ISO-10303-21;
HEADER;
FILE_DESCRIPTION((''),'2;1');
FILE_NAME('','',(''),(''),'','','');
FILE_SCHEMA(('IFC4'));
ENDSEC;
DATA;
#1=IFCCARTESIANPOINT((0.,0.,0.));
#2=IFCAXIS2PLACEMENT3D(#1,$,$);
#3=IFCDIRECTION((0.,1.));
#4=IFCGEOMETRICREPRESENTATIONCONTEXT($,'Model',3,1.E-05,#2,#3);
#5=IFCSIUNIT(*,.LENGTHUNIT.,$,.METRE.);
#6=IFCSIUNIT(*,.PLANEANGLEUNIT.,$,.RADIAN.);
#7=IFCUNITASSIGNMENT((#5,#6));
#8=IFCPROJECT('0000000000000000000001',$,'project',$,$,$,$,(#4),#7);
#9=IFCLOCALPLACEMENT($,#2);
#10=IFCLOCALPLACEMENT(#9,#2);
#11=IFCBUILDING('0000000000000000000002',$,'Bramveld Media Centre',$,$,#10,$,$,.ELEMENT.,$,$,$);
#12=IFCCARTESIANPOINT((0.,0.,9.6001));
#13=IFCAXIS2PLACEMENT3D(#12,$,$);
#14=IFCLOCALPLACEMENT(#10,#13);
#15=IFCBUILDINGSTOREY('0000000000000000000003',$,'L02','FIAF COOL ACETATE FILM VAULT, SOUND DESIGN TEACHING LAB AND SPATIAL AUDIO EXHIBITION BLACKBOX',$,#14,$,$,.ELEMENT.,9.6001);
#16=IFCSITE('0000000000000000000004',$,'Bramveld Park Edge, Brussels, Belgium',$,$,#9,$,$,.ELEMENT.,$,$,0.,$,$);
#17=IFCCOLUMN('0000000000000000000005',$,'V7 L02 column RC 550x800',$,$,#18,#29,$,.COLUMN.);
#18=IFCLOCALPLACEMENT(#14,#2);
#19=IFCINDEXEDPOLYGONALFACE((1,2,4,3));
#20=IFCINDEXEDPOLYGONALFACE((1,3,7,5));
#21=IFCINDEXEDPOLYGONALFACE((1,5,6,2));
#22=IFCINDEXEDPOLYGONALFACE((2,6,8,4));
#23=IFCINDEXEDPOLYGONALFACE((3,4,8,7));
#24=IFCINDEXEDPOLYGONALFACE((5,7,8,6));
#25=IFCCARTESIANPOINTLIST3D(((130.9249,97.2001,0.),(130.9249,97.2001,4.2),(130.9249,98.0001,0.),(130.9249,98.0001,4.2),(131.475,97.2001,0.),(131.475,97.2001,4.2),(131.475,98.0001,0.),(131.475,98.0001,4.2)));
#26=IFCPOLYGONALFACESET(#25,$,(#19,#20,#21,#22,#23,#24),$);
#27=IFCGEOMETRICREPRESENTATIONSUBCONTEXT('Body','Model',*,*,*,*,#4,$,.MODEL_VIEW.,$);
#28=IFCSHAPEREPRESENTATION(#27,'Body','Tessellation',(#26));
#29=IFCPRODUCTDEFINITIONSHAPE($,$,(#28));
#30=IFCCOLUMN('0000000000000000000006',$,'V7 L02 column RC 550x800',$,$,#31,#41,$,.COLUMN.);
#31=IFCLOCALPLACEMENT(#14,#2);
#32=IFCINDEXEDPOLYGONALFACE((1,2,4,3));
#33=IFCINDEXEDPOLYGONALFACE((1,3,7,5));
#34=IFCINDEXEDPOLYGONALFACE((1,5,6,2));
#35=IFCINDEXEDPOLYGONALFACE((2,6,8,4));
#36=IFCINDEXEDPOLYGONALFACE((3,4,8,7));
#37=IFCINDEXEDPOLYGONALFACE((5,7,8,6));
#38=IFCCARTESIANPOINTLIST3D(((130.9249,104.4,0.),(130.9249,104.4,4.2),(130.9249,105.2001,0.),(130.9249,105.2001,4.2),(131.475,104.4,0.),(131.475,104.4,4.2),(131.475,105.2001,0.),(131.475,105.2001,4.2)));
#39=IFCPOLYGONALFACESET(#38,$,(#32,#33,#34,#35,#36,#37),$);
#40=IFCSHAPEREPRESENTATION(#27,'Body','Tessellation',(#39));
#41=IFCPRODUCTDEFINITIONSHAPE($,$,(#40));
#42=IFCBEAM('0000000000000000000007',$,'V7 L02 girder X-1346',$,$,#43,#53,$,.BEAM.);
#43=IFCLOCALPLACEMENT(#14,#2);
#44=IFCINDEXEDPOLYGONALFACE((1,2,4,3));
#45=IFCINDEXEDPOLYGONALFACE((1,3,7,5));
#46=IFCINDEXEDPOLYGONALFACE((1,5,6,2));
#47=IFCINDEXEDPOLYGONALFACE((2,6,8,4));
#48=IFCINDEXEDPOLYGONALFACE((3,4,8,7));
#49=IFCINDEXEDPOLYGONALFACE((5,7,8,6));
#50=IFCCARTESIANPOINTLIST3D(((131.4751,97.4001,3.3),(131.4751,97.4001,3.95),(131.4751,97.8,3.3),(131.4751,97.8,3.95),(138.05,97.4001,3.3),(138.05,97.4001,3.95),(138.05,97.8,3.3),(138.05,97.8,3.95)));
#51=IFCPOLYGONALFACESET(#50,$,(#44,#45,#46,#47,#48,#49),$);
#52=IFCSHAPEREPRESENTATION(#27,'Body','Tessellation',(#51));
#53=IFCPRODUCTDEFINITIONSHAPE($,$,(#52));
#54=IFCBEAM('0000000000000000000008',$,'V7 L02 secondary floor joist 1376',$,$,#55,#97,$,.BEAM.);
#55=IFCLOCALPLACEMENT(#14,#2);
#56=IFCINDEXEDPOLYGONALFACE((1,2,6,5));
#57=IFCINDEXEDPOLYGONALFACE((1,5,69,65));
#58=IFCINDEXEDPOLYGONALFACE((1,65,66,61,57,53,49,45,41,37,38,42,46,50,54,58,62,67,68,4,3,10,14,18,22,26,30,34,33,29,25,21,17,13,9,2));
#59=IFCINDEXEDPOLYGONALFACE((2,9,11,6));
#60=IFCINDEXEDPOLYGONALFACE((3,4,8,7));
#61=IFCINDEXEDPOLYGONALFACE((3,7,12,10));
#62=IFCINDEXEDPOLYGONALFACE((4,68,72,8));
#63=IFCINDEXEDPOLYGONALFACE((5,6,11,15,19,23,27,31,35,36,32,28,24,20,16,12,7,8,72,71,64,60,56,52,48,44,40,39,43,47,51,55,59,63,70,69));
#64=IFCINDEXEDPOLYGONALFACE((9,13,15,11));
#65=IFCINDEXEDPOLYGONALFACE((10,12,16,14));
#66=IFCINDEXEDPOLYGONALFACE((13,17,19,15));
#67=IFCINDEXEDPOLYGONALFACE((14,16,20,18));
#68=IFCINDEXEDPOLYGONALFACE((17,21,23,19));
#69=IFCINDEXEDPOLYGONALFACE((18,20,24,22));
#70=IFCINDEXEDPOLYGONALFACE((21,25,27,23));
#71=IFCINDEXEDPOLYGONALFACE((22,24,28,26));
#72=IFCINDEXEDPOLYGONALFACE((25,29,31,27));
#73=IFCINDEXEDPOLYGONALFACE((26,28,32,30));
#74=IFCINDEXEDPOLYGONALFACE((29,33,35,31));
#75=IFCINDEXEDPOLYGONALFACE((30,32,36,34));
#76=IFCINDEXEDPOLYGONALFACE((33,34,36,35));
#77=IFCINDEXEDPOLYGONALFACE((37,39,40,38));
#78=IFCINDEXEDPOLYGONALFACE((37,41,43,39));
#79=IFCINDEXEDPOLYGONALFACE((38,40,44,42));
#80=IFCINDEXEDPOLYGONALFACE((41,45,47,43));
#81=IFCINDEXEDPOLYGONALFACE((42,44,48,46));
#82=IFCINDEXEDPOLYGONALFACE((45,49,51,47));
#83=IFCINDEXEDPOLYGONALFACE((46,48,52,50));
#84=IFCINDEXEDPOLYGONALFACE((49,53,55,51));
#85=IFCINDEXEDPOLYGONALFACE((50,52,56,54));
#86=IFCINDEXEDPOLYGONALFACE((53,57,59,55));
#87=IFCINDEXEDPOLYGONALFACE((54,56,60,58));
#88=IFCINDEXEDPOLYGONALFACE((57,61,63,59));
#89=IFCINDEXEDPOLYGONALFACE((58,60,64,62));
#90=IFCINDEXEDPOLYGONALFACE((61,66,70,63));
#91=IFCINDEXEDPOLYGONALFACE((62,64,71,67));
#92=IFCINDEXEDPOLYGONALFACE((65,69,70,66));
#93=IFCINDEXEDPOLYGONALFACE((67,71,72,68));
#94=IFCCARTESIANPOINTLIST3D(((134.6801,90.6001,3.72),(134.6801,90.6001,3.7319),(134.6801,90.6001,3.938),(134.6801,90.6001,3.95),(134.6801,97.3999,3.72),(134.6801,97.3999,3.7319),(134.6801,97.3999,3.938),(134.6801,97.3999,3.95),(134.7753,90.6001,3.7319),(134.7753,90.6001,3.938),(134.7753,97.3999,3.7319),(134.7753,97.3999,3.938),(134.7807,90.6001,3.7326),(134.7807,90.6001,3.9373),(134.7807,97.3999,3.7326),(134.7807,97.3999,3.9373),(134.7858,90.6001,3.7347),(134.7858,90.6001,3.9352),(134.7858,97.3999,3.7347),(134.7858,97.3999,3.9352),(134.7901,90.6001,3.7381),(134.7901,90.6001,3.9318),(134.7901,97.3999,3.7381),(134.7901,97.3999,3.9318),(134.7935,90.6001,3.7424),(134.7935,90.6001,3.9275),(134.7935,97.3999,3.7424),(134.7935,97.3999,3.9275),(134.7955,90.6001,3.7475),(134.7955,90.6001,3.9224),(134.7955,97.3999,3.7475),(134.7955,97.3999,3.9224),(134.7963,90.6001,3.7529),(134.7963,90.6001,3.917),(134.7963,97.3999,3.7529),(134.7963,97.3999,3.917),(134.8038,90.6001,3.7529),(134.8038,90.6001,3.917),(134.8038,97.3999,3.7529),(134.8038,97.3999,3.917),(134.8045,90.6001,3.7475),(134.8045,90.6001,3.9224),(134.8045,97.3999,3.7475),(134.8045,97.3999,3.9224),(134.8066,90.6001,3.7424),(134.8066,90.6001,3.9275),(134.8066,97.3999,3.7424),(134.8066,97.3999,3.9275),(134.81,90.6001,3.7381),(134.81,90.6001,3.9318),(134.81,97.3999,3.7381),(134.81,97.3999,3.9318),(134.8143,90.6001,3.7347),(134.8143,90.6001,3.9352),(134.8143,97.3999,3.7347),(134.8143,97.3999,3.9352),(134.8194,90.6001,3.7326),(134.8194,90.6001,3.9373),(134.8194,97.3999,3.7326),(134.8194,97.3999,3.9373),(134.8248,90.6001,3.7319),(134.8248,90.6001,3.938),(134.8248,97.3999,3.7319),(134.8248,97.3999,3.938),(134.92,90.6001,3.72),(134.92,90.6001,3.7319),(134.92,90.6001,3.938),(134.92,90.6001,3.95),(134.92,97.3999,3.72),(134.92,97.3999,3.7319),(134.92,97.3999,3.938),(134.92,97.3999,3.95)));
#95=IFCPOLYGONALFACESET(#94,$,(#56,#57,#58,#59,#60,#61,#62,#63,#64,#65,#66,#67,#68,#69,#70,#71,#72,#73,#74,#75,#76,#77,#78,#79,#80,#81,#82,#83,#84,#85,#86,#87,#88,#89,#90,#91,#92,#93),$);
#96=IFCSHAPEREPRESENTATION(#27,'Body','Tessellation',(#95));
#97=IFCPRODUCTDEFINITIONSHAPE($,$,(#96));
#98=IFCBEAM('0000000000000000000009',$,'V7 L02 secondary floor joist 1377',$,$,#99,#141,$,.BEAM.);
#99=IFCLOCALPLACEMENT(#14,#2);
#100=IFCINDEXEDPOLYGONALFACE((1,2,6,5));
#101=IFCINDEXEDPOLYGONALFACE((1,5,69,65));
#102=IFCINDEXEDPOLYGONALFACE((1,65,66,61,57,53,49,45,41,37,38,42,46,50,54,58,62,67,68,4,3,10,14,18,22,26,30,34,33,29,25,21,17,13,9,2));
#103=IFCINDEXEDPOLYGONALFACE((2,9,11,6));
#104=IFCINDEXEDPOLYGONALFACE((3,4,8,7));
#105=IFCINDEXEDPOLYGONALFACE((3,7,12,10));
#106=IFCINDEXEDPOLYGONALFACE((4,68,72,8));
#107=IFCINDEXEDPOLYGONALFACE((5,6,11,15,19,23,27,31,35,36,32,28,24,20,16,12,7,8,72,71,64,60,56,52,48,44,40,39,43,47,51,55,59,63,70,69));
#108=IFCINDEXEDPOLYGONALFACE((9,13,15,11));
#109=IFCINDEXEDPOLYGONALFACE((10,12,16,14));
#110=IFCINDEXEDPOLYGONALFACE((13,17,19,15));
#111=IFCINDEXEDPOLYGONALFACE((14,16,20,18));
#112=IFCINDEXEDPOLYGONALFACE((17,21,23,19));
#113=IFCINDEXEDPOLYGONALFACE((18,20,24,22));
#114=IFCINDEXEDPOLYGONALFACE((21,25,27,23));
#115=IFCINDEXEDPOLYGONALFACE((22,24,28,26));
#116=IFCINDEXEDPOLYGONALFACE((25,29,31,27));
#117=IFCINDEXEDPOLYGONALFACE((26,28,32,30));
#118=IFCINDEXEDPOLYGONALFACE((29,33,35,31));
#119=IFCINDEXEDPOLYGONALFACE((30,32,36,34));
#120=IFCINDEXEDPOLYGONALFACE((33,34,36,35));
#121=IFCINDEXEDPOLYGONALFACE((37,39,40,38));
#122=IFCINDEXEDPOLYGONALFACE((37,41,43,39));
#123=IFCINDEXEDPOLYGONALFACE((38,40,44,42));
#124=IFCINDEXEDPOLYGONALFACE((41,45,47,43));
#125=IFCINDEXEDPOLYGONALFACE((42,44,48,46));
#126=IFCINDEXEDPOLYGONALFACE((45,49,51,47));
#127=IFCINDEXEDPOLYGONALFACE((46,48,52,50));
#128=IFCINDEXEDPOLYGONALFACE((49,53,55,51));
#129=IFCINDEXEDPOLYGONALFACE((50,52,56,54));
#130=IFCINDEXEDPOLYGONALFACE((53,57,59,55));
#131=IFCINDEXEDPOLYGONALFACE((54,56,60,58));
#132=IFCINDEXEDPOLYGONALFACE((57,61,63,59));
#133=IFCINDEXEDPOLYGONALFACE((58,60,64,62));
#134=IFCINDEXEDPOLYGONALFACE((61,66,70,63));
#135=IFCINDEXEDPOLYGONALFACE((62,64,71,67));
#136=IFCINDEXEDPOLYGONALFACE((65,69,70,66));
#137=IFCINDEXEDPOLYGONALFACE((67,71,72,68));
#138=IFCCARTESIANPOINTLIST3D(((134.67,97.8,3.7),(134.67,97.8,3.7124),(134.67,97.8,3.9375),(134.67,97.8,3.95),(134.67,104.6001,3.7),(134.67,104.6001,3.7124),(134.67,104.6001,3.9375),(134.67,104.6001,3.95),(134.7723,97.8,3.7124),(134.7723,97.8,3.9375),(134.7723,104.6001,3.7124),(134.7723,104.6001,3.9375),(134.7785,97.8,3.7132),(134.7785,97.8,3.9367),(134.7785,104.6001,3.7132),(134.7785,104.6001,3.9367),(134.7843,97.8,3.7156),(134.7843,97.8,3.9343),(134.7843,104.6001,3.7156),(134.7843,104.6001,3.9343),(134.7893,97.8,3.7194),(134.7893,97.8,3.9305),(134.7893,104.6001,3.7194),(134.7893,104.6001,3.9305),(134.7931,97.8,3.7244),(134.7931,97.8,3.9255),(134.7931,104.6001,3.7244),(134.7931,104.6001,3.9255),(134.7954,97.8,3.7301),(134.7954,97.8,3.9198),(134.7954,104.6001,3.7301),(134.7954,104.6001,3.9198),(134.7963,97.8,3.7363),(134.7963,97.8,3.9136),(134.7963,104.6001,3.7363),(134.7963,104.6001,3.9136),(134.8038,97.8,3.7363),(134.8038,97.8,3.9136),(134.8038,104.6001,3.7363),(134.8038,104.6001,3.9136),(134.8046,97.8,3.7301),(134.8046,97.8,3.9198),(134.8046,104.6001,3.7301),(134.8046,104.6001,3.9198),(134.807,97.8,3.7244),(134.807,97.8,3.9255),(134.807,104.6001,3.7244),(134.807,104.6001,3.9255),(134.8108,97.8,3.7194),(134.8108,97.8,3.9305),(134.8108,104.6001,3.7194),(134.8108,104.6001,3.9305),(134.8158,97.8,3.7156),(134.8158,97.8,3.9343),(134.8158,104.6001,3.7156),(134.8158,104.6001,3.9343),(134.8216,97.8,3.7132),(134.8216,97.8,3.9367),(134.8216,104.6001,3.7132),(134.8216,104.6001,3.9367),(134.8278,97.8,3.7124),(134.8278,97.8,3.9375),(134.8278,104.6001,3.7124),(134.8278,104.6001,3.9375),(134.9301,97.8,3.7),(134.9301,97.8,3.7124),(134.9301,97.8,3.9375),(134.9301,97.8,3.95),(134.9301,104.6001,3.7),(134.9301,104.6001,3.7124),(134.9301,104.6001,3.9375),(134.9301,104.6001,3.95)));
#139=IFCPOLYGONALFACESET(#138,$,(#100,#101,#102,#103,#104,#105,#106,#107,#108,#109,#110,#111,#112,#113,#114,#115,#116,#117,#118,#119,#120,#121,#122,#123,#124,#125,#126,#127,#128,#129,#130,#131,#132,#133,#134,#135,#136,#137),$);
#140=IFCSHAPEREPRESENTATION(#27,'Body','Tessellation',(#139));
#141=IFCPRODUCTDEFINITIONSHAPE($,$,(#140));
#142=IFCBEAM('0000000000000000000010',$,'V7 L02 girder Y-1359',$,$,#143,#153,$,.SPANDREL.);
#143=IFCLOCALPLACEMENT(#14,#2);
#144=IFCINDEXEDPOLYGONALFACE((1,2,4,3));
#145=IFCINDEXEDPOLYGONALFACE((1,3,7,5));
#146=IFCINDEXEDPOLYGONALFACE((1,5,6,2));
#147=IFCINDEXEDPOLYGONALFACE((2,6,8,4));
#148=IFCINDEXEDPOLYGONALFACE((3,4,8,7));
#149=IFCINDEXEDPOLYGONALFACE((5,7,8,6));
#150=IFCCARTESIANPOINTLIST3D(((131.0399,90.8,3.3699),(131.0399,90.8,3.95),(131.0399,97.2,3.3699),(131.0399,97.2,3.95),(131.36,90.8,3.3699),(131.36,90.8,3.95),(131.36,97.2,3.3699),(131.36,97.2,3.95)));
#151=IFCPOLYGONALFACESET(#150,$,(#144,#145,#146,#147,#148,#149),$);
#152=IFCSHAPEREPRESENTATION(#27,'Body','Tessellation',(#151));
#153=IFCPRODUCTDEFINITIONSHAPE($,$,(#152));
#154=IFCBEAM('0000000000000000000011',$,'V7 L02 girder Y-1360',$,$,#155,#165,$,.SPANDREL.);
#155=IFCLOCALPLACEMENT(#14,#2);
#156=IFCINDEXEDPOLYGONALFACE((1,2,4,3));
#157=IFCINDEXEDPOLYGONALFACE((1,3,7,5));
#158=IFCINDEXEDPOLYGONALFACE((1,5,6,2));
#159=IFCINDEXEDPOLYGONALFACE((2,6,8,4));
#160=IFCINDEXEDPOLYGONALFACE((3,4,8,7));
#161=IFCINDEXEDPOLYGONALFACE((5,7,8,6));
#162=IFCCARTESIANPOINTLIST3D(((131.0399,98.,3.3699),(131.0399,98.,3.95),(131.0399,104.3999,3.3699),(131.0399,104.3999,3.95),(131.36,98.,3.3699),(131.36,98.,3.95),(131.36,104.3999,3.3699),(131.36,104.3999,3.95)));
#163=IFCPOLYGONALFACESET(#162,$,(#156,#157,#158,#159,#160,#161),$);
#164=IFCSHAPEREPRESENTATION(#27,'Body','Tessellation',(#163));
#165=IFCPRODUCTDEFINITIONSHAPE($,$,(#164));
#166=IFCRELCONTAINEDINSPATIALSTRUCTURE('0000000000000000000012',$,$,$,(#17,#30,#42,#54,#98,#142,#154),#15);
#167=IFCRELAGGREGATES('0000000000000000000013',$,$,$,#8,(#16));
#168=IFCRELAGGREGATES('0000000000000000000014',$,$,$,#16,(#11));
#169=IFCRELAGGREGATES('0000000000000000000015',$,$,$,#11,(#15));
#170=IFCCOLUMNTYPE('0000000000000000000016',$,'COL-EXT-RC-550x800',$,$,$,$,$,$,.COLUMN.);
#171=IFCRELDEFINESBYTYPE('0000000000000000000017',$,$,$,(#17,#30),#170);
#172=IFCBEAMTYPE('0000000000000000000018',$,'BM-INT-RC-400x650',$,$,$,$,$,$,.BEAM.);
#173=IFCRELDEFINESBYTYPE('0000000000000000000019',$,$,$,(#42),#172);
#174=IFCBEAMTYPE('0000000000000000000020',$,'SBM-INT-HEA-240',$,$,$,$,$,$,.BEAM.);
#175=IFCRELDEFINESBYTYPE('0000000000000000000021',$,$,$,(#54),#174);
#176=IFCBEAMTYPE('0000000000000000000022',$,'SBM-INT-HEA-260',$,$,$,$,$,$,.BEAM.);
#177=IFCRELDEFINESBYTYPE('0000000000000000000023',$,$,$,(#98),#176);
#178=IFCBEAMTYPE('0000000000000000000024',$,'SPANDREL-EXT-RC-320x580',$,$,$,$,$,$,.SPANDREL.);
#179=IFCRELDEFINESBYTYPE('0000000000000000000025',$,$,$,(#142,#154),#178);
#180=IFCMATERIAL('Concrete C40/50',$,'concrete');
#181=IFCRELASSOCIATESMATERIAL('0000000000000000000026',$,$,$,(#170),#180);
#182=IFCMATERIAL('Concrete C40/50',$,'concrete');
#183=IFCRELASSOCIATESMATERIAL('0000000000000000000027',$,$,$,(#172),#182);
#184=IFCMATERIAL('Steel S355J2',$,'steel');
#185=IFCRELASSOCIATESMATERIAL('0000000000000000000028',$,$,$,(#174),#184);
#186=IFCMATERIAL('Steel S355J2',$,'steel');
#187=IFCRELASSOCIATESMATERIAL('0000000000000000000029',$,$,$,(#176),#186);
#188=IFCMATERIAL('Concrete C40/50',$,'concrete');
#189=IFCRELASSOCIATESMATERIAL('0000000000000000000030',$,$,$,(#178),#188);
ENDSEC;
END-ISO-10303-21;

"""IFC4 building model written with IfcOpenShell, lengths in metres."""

from ifc_helpers import new_model, si_unit, direction, frame, origin, origin_2d, place, context, subcontext, project, spatial, rectangle, i_section, extrude, material, material_profile, profile_set, type_object, element, save


model = new_model("IFC4")

# Units and contexts
model_context = context("Model", 3, precision=1e-05, world=origin(), true_north=direction((0.0, 1.0)))
body_context = subcontext(model_context, "Body", "Model", "MODEL_VIEW")
ifc_project = project(units=[si_unit("LENGTHUNIT", "METRE"), si_unit("PLANEANGLEUNIT", "RADIAN")], contexts=[model_context])

# Site, building, storey
site_placement = place(None, origin())
site = spatial("IfcSite", under=ifc_project, at=site_placement, Name="Bramveld Park Edge, Brussels, Belgium", CompositionType="ELEMENT", RefElevation=0.0)
building_placement = place(site_placement, origin())
building = spatial("IfcBuilding", under=site, at=building_placement, Name="Bramveld Media Centre", CompositionType="ELEMENT")
storey_placement = place(building_placement, frame((0.0, 0.0, 9.6001)))
storey = spatial("IfcBuildingStorey", under=building, at=storey_placement, Name="L02", Description="FIAF COOL ACETATE FILM VAULT, SOUND DESIGN TEACHING LAB AND SPATIAL AUDIO EXHIBITION BLACKBOX", CompositionType="ELEMENT", Elevation=9.6001)

# Columns
ifc_material_1 = material(Name="Concrete C40/50", Category="concrete")
ifc_material_profile_1 = material_profile(ifc_material_1, rectangle(XDim=0.55, YDim=0.8, at=origin_2d()), Name="RC 550x800")
ifc_profile_set_1 = profile_set([ifc_material_profile_1], Name="Concrete C40/50")
column_type = type_object("IfcColumnType", Name="COL-EXT-RC-550x800", PredefinedType="COLUMN", material=ifc_profile_set_1)
for number, where, z_axis, x_axis, name in (
    (1, (131.2, 97.6001, 0.0), (0.0, 0.0, 1.0), (1.0, 0.0, 0.0), "V7 L02 column RC 550x800"),
    (2, (131.2, 104.8, 0.0), (0.0, 0.0, 1.0), (1.0, 0.0, 0.0), "V7 L02 column RC 550x800"),
):
    element("IfcColumn", number, at=place(storey_placement, frame(where, z_axis=z_axis, x_axis=x_axis)), inside=storey, type_object=column_type, Name=name, PredefinedType="COLUMN", context=body_context, shape_type="SweptSolid", body=[
        extrude(rectangle(XDim=0.55, YDim=0.8, at=origin_2d()), origin(), (0.0, 0.0, 1.0), 4.2),
    ])

# Beams
ifc_material_2 = material(Name="Concrete C40/50", Category="concrete")
ifc_material_profile_2 = material_profile(ifc_material_2, rectangle(XDim=0.3999, YDim=0.6499, at=origin_2d()), Name="RC 400x650")
ifc_profile_set_2 = profile_set([ifc_material_profile_2], Name="Concrete C40/50")
beam_type_1 = type_object("IfcBeamType", Name="BM-INT-RC-400x650", PredefinedType="BEAM", material=ifc_profile_set_2)
beam_1_placement = place(storey_placement, frame((131.4751, 97.6001, 3.625), z_axis=(1.0, 0.0, 0.0), x_axis=(0.0, 1.0, 0.0)))
element("IfcBeam", 3, at=beam_1_placement, inside=storey, type_object=beam_type_1, Name="V7 L02 girder X-1346", PredefinedType="BEAM", context=body_context, shape_type="SweptSolid", body=[
    extrude(rectangle(XDim=0.3999, YDim=0.6499, at=origin_2d()), origin(), (0.0, 0.0, 1.0), 6.575),
])
ifc_material_3 = material(Name="Steel S355J2", Category="steel")
ifc_material_profile_3 = material_profile(ifc_material_3, i_section(OverallWidth=0.24, OverallDepth=0.23, WebThickness=0.0076, FlangeThickness=0.012, FilletRadius=0.021, at=origin_2d()), Name="HEA 240")
ifc_profile_set_3 = profile_set([ifc_material_profile_3], Name="Steel S355J2")
beam_type_2 = type_object("IfcBeamType", Name="SBM-INT-HEA-240", PredefinedType="BEAM", material=ifc_profile_set_3)
beam_2_placement = place(storey_placement, frame((134.8, 90.6001, 3.835), z_axis=(0.0, 1.0, 0.0), x_axis=(-1.0, 0.0, 0.0)))
element("IfcBeam", 4, at=beam_2_placement, inside=storey, type_object=beam_type_2, Name="V7 L02 secondary floor joist 1376", PredefinedType="BEAM", context=body_context, shape_type="SweptSolid", body=[
    extrude(i_section(OverallWidth=0.24, OverallDepth=0.23, WebThickness=0.0076, FlangeThickness=0.012, FilletRadius=0.021, at=origin_2d()), origin(), (0.0, 0.0, 1.0), 6.7998),
])
ifc_material_4 = material(Name="Steel S355J2", Category="steel")
ifc_material_profile_4 = material_profile(ifc_material_4, i_section(OverallWidth=0.26, OverallDepth=0.25, WebThickness=0.0076, FlangeThickness=0.0125, FilletRadius=0.0239, at=origin_2d()), Name="HEA 260")
ifc_profile_set_4 = profile_set([ifc_material_profile_4], Name="Steel S355J2")
beam_type_3 = type_object("IfcBeamType", Name="SBM-INT-HEA-260", PredefinedType="BEAM", material=ifc_profile_set_4)
beam_3_placement = place(storey_placement, frame((134.8, 97.8, 3.825), z_axis=(0.0, 1.0, 0.0), x_axis=(-1.0, 0.0, 0.0)))
element("IfcBeam", 5, at=beam_3_placement, inside=storey, type_object=beam_type_3, Name="V7 L02 secondary floor joist 1377", PredefinedType="BEAM", context=body_context, shape_type="SweptSolid", body=[
    extrude(i_section(OverallWidth=0.26, OverallDepth=0.25, WebThickness=0.0076, FlangeThickness=0.0125, FilletRadius=0.0239, at=origin_2d()), origin(), (0.0, 0.0, 1.0), 6.8),
])
ifc_material_5 = material(Name="Concrete C40/50", Category="concrete")
ifc_material_profile_5 = material_profile(ifc_material_5, rectangle(XDim=0.3201, YDim=0.5801, at=origin_2d()), Name="RC 320x580")
ifc_profile_set_5 = profile_set([ifc_material_profile_5], Name="Concrete C40/50")
beam_type_4 = type_object("IfcBeamType", Name="SPANDREL-EXT-RC-320x580", PredefinedType="SPANDREL", material=ifc_profile_set_5)
for number, where, z_axis, x_axis, name in (
    (6, (131.2, 90.8, 3.6599), (0.0, 1.0, 0.0), (-1.0, 0.0, 0.0), "V7 L02 girder Y-1359"),
    (7, (131.2, 98.0, 3.6599), (0.0, 1.0, 0.0), (-1.0, 0.0, 0.0), "V7 L02 girder Y-1360"),
):
    element("IfcBeam", number, at=place(storey_placement, frame(where, z_axis=z_axis, x_axis=x_axis)), inside=storey, type_object=beam_type_4, Name=name, PredefinedType="SPANDREL", context=body_context, shape_type="SweptSolid", body=[
        extrude(rectangle(XDim=0.3201, YDim=0.5801, at=origin_2d()), origin(), (0.0, 0.0, 1.0), 6.3999),
    ])

save(model, "model.ifc")
